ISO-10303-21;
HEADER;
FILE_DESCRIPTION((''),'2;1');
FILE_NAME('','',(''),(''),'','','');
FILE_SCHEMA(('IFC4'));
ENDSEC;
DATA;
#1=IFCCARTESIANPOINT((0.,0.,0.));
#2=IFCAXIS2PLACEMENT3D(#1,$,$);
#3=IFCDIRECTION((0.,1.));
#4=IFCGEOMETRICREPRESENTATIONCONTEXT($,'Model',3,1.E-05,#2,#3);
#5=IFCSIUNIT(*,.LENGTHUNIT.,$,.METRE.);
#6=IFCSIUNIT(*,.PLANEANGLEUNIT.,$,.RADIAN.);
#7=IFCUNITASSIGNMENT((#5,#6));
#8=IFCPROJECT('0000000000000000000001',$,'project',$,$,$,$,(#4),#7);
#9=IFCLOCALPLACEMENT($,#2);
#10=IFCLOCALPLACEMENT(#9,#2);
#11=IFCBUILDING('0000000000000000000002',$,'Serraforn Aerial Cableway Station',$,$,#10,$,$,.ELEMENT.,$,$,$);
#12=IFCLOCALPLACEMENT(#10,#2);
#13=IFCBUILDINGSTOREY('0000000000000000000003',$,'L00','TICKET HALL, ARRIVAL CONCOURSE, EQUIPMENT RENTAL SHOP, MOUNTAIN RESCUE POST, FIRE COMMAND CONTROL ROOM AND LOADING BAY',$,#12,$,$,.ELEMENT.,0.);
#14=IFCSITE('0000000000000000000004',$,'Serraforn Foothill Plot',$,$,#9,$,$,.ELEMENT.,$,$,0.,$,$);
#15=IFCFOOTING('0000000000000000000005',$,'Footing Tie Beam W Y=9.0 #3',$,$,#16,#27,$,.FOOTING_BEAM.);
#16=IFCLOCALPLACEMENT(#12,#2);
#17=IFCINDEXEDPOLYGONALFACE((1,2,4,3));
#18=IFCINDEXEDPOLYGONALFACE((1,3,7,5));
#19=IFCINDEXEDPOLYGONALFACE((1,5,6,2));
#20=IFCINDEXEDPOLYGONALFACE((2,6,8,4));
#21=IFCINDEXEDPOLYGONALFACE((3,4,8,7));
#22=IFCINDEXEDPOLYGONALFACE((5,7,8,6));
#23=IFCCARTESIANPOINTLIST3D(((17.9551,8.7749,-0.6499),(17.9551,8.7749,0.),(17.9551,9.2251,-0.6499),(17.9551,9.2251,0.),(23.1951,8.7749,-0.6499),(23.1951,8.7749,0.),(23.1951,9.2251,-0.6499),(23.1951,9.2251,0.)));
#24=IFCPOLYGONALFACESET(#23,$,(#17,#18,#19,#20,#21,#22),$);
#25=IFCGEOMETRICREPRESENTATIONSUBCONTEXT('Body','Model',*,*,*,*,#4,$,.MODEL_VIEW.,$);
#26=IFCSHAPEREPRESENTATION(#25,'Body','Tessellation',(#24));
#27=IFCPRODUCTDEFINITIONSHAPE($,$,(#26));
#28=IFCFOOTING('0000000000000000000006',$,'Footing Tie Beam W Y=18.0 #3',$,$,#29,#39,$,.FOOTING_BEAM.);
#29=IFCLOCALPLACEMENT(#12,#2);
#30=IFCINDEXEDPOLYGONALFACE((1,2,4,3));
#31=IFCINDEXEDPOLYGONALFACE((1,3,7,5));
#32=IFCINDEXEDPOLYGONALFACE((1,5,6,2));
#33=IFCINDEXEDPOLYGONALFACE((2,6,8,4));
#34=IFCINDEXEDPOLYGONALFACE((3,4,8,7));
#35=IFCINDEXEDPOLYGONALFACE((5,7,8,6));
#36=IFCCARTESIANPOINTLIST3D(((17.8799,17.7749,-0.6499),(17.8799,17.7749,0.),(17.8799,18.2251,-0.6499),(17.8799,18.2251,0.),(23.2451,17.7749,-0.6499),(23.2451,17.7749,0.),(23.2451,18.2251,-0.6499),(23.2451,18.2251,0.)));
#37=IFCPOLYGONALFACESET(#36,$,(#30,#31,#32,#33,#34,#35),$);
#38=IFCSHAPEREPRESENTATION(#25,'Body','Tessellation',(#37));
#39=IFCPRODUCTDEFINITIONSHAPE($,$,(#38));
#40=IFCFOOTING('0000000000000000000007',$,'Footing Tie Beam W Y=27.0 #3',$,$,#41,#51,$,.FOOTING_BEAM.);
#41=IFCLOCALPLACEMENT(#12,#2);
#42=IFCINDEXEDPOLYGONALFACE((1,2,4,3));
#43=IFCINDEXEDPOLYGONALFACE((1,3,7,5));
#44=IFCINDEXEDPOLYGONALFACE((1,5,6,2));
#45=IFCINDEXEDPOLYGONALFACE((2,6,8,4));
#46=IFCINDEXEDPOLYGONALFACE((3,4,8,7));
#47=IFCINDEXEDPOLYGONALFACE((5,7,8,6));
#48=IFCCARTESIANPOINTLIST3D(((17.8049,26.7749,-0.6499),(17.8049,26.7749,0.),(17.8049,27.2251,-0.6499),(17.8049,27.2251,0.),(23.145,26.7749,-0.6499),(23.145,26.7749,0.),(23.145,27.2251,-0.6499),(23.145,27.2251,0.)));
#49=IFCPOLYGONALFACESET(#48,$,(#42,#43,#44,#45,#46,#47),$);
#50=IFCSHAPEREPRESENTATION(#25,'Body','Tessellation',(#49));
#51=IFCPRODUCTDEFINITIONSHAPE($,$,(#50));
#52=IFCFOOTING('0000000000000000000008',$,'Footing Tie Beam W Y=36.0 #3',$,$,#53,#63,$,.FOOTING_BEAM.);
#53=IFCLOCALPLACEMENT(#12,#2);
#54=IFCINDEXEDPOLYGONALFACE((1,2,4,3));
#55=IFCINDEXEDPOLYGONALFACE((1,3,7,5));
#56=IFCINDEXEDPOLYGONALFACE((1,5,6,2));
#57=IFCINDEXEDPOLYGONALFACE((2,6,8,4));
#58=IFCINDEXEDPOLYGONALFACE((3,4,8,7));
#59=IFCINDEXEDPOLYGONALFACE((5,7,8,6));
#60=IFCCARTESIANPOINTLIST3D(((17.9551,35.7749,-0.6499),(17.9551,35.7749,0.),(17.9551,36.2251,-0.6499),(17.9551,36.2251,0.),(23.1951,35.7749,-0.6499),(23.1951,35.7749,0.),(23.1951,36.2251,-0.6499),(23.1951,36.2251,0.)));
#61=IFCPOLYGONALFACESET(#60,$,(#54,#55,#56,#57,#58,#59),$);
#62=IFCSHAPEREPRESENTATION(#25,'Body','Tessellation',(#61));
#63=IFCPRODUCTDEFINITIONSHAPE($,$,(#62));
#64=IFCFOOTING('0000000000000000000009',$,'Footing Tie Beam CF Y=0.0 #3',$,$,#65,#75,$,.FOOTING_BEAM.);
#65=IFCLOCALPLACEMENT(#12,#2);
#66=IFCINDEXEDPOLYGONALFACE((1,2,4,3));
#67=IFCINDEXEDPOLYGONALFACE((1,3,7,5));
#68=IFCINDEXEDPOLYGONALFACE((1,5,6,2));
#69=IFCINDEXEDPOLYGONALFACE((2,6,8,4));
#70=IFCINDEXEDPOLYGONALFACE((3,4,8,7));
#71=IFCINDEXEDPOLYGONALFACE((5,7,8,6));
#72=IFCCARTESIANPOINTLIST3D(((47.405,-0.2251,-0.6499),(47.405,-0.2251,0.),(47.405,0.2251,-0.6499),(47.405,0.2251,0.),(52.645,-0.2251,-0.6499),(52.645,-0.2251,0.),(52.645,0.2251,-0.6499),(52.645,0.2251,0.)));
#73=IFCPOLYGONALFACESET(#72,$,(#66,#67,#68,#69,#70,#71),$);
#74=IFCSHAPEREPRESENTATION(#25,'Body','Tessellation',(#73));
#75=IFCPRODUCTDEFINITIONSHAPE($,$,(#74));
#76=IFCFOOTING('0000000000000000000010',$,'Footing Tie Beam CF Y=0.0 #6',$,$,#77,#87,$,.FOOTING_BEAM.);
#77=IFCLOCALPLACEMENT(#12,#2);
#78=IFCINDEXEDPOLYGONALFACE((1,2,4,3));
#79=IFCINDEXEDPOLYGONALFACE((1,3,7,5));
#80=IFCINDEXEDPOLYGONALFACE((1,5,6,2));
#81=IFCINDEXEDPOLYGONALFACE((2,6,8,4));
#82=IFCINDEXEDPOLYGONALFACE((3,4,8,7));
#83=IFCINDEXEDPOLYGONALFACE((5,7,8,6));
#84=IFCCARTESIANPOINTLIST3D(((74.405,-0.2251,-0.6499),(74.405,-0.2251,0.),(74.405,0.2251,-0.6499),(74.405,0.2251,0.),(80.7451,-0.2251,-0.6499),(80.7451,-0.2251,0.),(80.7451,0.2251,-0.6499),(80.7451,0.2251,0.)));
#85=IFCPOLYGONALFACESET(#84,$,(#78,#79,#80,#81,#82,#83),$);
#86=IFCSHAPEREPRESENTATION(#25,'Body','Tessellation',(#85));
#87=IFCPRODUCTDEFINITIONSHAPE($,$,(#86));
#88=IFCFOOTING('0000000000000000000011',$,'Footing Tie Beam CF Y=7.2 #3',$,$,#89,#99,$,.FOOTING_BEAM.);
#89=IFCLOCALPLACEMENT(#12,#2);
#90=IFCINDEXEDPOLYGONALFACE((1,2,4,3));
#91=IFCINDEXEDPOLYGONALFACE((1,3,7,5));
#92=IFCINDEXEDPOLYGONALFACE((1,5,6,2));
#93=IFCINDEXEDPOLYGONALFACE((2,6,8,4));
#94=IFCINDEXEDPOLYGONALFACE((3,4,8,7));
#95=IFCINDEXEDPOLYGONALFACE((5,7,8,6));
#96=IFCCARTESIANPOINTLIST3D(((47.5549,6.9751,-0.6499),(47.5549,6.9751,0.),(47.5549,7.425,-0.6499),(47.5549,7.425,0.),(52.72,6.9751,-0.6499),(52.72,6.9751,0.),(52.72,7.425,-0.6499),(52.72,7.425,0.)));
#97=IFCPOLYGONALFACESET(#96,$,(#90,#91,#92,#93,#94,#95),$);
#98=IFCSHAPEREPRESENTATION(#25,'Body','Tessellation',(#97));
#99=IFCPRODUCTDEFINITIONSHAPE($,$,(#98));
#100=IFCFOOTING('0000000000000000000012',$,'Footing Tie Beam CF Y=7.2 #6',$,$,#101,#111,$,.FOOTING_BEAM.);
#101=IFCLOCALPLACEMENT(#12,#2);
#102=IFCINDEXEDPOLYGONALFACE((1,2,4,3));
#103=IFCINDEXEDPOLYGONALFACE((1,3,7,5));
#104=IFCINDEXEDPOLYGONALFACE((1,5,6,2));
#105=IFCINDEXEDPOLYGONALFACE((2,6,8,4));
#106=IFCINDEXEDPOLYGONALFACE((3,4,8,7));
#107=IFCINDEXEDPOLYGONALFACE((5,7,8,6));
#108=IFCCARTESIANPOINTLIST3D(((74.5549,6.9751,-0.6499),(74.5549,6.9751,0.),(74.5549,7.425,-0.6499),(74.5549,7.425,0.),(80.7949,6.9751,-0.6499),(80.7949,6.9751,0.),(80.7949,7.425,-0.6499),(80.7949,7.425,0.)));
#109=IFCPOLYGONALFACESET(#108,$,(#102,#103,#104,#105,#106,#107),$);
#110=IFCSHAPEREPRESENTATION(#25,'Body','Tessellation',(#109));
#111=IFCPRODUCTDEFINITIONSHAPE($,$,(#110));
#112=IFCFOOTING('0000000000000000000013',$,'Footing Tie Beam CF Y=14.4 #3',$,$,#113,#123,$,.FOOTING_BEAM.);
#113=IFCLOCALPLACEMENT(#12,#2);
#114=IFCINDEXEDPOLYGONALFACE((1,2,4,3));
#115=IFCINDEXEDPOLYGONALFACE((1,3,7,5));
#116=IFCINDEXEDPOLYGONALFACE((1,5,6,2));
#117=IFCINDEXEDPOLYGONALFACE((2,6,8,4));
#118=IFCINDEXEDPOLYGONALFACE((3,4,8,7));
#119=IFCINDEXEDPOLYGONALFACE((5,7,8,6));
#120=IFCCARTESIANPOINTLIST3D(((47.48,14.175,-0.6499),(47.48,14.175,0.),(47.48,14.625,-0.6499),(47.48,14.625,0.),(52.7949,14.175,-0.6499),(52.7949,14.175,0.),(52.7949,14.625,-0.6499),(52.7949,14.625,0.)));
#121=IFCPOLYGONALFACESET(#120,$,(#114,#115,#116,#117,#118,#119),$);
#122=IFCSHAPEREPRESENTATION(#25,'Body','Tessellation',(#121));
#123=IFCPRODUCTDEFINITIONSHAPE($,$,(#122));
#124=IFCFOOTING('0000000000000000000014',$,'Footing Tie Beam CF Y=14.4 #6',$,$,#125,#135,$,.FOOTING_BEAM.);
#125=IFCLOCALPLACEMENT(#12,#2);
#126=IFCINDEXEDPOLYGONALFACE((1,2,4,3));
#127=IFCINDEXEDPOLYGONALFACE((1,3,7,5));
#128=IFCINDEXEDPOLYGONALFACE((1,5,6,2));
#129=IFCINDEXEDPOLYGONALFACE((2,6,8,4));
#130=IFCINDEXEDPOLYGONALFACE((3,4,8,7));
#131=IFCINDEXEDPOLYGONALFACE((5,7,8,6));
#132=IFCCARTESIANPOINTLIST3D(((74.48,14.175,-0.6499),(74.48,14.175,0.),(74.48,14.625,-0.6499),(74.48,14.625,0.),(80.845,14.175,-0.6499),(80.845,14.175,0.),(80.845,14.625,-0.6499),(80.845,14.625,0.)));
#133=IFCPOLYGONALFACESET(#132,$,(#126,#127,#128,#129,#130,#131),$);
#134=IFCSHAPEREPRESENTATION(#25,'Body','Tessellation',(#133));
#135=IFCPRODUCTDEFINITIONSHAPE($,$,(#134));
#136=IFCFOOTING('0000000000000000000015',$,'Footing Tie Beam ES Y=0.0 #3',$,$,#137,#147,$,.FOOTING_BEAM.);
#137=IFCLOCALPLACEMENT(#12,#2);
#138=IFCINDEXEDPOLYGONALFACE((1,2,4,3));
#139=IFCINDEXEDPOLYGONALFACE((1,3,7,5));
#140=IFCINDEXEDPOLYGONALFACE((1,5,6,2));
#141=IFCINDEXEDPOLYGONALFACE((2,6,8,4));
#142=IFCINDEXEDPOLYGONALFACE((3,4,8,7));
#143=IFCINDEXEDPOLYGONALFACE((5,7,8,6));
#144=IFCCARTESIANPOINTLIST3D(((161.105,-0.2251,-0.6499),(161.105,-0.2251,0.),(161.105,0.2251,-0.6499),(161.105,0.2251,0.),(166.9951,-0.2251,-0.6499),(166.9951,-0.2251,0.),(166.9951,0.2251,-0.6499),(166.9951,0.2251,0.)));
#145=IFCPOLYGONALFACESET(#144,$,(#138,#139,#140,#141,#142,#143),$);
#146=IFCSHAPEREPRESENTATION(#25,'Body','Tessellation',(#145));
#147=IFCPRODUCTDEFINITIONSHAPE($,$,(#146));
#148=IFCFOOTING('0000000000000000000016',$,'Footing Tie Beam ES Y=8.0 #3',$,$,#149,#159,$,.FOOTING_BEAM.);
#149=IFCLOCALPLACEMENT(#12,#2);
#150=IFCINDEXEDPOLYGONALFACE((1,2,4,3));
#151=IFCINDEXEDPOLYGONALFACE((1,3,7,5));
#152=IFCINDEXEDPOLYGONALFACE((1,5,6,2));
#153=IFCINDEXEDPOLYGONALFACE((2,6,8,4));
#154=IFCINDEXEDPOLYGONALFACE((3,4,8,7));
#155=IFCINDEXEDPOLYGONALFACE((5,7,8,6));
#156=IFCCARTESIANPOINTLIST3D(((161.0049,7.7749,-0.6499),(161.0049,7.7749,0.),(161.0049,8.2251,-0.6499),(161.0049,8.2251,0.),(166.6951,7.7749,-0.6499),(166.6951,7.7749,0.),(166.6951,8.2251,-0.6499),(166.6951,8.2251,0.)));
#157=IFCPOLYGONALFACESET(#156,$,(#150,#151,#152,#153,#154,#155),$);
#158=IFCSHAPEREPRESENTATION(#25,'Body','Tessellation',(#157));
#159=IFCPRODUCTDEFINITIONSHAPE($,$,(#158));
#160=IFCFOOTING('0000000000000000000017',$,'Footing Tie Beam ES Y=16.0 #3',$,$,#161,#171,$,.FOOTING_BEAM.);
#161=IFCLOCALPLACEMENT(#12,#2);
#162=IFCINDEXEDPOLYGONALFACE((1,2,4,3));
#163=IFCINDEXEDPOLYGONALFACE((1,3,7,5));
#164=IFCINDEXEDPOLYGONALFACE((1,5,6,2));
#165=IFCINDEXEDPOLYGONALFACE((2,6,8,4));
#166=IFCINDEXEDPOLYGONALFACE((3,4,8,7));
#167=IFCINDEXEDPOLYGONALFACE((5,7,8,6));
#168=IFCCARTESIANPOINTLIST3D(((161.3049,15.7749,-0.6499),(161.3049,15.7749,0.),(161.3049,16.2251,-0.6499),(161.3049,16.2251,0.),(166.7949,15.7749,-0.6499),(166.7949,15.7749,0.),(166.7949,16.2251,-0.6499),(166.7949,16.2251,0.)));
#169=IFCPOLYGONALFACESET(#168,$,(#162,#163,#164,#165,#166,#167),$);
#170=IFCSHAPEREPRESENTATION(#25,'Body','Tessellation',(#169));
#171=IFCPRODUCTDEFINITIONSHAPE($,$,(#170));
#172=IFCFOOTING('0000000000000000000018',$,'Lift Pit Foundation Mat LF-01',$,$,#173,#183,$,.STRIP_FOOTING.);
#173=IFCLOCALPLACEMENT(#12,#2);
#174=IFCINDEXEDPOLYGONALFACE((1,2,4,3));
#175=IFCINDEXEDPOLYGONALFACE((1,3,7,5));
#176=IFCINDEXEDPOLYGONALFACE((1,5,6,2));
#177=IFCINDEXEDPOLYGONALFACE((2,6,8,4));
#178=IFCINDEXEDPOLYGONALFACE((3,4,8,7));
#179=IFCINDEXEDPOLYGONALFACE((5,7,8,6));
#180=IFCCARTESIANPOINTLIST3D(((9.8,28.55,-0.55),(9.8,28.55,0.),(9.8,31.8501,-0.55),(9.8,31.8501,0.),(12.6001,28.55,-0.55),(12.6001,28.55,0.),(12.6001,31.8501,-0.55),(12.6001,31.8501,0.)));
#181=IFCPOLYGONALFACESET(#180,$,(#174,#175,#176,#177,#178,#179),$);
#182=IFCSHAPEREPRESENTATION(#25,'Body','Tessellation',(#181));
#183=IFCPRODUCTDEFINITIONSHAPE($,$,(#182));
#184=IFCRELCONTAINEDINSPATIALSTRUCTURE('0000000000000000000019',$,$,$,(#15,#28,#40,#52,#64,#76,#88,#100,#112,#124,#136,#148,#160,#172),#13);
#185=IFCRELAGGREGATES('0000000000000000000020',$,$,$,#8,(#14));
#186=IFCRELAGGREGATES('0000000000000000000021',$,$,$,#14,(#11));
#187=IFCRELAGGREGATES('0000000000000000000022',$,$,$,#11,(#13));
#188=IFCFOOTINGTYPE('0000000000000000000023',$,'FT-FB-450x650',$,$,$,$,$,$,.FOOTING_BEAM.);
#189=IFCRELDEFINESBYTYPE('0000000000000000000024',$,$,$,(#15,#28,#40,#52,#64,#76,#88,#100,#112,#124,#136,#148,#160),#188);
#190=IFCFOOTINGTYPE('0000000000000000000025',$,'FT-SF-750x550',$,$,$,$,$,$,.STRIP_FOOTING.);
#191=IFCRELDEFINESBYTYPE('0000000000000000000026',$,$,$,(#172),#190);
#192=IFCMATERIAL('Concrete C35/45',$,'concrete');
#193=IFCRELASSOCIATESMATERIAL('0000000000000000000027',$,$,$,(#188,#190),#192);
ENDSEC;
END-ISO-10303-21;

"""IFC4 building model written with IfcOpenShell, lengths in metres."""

from ifc_helpers import new_model, si_unit, direction, frame, origin, place, context, subcontext, project, spatial, polyline, outline, extrude, material, type_object, element, save


model = new_model("IFC4")

# Units and contexts
model_context = context("Model", 3, precision=1e-05, world=origin(), true_north=direction((0.0, 1.0)))
body_context = subcontext(model_context, "Body", "Model", "MODEL_VIEW")
ifc_project = project(units=[si_unit("LENGTHUNIT", "METRE"), si_unit("PLANEANGLEUNIT", "RADIAN")], contexts=[model_context])

# Site, building, storey
site_placement = place(None, origin())
site = spatial("IfcSite", under=ifc_project, at=site_placement, Name="Serraforn Foothill Plot", CompositionType="ELEMENT", RefElevation=0.0)
building_placement = place(site_placement, origin())
building = spatial("IfcBuilding", under=site, at=building_placement, Name="Serraforn Aerial Cableway Station", CompositionType="ELEMENT")
storey_placement = place(building_placement, origin())
storey = spatial("IfcBuildingStorey", under=building, at=storey_placement, Name="L00", Description="TICKET HALL, ARRIVAL CONCOURSE, EQUIPMENT RENTAL SHOP, MOUNTAIN RESCUE POST, FIRE COMMAND CONTROL ROOM AND LOADING BAY", CompositionType="ELEMENT", Elevation=0.0)

# Footings
ifc_material = material(Name="Concrete C35/45", Category="concrete")
footing_type_1 = type_object("IfcFootingType", Name="FT-FB-450x650", PredefinedType="FOOTING_BEAM", material=ifc_material)
footing_1_placement = place(storey_placement, frame((0.0, 0.0, -0.6499)))
element("IfcFooting", 1, at=footing_1_placement, inside=storey, type_object=footing_type_1, Name="Footing Tie Beam W Y=9.0 #3", PredefinedType="FOOTING_BEAM", context=body_context, shape_type="SweptSolid", body=[
    extrude(outline(polyline([(23.1951, 9.2251), (23.1951, 8.7749), (17.9551, 8.7749), (17.9551, 9.2251), (23.1951, 9.2251)])), origin(), (0.0, 0.0, 1.0), 0.6499),
])
footing_2_placement = place(storey_placement, frame((0.0, 0.0, -0.6499)))
element("IfcFooting", 2, at=footing_2_placement, inside=storey, type_object=footing_type_1, Name="Footing Tie Beam W Y=18.0 #3", PredefinedType="FOOTING_BEAM", context=body_context, shape_type="SweptSolid", body=[
    extrude(outline(polyline([(23.2451, 18.2251), (23.2451, 17.7749), (17.8799, 17.7749), (17.8799, 18.2251), (23.2451, 18.2251)])), origin(), (0.0, 0.0, 1.0), 0.6499),
])
footing_3_placement = place(storey_placement, frame((0.0, 0.0, -0.6499)))
element("IfcFooting", 3, at=footing_3_placement, inside=storey, type_object=footing_type_1, Name="Footing Tie Beam W Y=27.0 #3", PredefinedType="FOOTING_BEAM", context=body_context, shape_type="SweptSolid", body=[
    extrude(outline(polyline([(23.145, 27.2251), (23.145, 26.7749), (17.8049, 26.7749), (17.8049, 27.2251), (23.145, 27.2251)])), origin(), (0.0, 0.0, 1.0), 0.6499),
])
footing_4_placement = place(storey_placement, frame((0.0, 0.0, -0.6499)))
element("IfcFooting", 4, at=footing_4_placement, inside=storey, type_object=footing_type_1, Name="Footing Tie Beam W Y=36.0 #3", PredefinedType="FOOTING_BEAM", context=body_context, shape_type="SweptSolid", body=[
    extrude(outline(polyline([(23.1951, 36.2251), (23.1951, 35.7749), (17.9551, 35.7749), (17.9551, 36.2251), (23.1951, 36.2251)])), origin(), (0.0, 0.0, 1.0), 0.6499),
])
footing_5_placement = place(storey_placement, frame((0.0, 0.0, -0.6499)))
element("IfcFooting", 5, at=footing_5_placement, inside=storey, type_object=footing_type_1, Name="Footing Tie Beam CF Y=0.0 #3", PredefinedType="FOOTING_BEAM", context=body_context, shape_type="SweptSolid", body=[
    extrude(outline(polyline([(52.645, 0.2251), (52.645, -0.2251), (47.405, -0.2251), (47.405, 0.2251), (52.645, 0.2251)])), origin(), (0.0, 0.0, 1.0), 0.6499),
])
footing_6_placement = place(storey_placement, frame((0.0, 0.0, -0.6499)))
element("IfcFooting", 6, at=footing_6_placement, inside=storey, type_object=footing_type_1, Name="Footing Tie Beam CF Y=0.0 #6", PredefinedType="FOOTING_BEAM", context=body_context, shape_type="SweptSolid", body=[
    extrude(outline(polyline([(80.7451, 0.2251), (80.7451, -0.2251), (74.405, -0.2251), (74.405, 0.2251), (80.7451, 0.2251)])), origin(), (0.0, 0.0, 1.0), 0.6499),
])
footing_7_placement = place(storey_placement, frame((0.0, 0.0, -0.6499)))
element("IfcFooting", 7, at=footing_7_placement, inside=storey, type_object=footing_type_1, Name="Footing Tie Beam CF Y=7.2 #3", PredefinedType="FOOTING_BEAM", context=body_context, shape_type="SweptSolid", body=[
    extrude(outline(polyline([(52.72, 7.425), (52.72, 6.9751), (47.5549, 6.9751), (47.5549, 7.425), (52.72, 7.425)])), origin(), (0.0, 0.0, 1.0), 0.6499),
])
footing_8_placement = place(storey_placement, frame((0.0, 0.0, -0.6499)))
element("IfcFooting", 8, at=footing_8_placement, inside=storey, type_object=footing_type_1, Name="Footing Tie Beam CF Y=7.2 #6", PredefinedType="FOOTING_BEAM", context=body_context, shape_type="SweptSolid", body=[
    extrude(outline(polyline([(80.7949, 7.425), (80.7949, 6.9751), (74.5549, 6.9751), (74.5549, 7.425), (80.7949, 7.425)])), origin(), (0.0, 0.0, 1.0), 0.6499),
])
footing_9_placement = place(storey_placement, frame((0.0, 0.0, -0.6499)))
element("IfcFooting", 9, at=footing_9_placement, inside=storey, type_object=footing_type_1, Name="Footing Tie Beam CF Y=14.4 #3", PredefinedType="FOOTING_BEAM", context=body_context, shape_type="SweptSolid", body=[
    extrude(outline(polyline([(52.7949, 14.625), (52.7949, 14.175), (47.48, 14.175), (47.48, 14.625), (52.7949, 14.625)])), origin(), (0.0, 0.0, 1.0), 0.6499),
])
footing_10_placement = place(storey_placement, frame((0.0, 0.0, -0.6499)))
element("IfcFooting", 10, at=footing_10_placement, inside=storey, type_object=footing_type_1, Name="Footing Tie Beam CF Y=14.4 #6", PredefinedType="FOOTING_BEAM", context=body_context, shape_type="SweptSolid", body=[
    extrude(outline(polyline([(80.845, 14.625), (80.845, 14.175), (74.48, 14.175), (74.48, 14.625), (80.845, 14.625)])), origin(), (0.0, 0.0, 1.0), 0.6499),
])
footing_11_placement = place(storey_placement, frame((0.0, 0.0, -0.6499)))
element("IfcFooting", 11, at=footing_11_placement, inside=storey, type_object=footing_type_1, Name="Footing Tie Beam ES Y=0.0 #3", PredefinedType="FOOTING_BEAM", context=body_context, shape_type="SweptSolid", body=[
    extrude(outline(polyline([(166.9951, 0.2251), (166.9951, -0.2251), (161.105, -0.2251), (161.105, 0.2251), (166.9951, 0.2251)])), origin(), (0.0, 0.0, 1.0), 0.6499),
])
footing_12_placement = place(storey_placement, frame((0.0, 0.0, -0.6499)))
element("IfcFooting", 12, at=footing_12_placement, inside=storey, type_object=footing_type_1, Name="Footing Tie Beam ES Y=8.0 #3", PredefinedType="FOOTING_BEAM", context=body_context, shape_type="SweptSolid", body=[
    extrude(outline(polyline([(166.6951, 8.2251), (166.6951, 7.7749), (161.0049, 7.7749), (161.0049, 8.2251), (166.6951, 8.2251)])), origin(), (0.0, 0.0, 1.0), 0.6499),
])
footing_13_placement = place(storey_placement, frame((0.0, 0.0, -0.6499)))
element("IfcFooting", 13, at=footing_13_placement, inside=storey, type_object=footing_type_1, Name="Footing Tie Beam ES Y=16.0 #3", PredefinedType="FOOTING_BEAM", context=body_context, shape_type="SweptSolid", body=[
    extrude(outline(polyline([(166.7949, 16.2251), (166.7949, 15.7749), (161.3049, 15.7749), (161.3049, 16.2251), (166.7949, 16.2251)])), origin(), (0.0, 0.0, 1.0), 0.6499),
])
footing_type_2 = type_object("IfcFootingType", Name="FT-SF-750x550", PredefinedType="STRIP_FOOTING", material=ifc_material)
footing_14_placement = place(storey_placement, frame((0.0, 0.0, -0.55)))
element("IfcFooting", 14, at=footing_14_placement, inside=storey, type_object=footing_type_2, Name="Lift Pit Foundation Mat LF-01", PredefinedType="STRIP_FOOTING", context=body_context, shape_type="SweptSolid", body=[
    extrude(outline(polyline([(9.8, 28.55), (9.8, 31.8501), (12.6001, 31.8501), (12.6001, 28.55), (9.8, 28.55)])), origin(), (0.0, 0.0, 1.0), 0.55),
])

save(model, "model.ifc")
